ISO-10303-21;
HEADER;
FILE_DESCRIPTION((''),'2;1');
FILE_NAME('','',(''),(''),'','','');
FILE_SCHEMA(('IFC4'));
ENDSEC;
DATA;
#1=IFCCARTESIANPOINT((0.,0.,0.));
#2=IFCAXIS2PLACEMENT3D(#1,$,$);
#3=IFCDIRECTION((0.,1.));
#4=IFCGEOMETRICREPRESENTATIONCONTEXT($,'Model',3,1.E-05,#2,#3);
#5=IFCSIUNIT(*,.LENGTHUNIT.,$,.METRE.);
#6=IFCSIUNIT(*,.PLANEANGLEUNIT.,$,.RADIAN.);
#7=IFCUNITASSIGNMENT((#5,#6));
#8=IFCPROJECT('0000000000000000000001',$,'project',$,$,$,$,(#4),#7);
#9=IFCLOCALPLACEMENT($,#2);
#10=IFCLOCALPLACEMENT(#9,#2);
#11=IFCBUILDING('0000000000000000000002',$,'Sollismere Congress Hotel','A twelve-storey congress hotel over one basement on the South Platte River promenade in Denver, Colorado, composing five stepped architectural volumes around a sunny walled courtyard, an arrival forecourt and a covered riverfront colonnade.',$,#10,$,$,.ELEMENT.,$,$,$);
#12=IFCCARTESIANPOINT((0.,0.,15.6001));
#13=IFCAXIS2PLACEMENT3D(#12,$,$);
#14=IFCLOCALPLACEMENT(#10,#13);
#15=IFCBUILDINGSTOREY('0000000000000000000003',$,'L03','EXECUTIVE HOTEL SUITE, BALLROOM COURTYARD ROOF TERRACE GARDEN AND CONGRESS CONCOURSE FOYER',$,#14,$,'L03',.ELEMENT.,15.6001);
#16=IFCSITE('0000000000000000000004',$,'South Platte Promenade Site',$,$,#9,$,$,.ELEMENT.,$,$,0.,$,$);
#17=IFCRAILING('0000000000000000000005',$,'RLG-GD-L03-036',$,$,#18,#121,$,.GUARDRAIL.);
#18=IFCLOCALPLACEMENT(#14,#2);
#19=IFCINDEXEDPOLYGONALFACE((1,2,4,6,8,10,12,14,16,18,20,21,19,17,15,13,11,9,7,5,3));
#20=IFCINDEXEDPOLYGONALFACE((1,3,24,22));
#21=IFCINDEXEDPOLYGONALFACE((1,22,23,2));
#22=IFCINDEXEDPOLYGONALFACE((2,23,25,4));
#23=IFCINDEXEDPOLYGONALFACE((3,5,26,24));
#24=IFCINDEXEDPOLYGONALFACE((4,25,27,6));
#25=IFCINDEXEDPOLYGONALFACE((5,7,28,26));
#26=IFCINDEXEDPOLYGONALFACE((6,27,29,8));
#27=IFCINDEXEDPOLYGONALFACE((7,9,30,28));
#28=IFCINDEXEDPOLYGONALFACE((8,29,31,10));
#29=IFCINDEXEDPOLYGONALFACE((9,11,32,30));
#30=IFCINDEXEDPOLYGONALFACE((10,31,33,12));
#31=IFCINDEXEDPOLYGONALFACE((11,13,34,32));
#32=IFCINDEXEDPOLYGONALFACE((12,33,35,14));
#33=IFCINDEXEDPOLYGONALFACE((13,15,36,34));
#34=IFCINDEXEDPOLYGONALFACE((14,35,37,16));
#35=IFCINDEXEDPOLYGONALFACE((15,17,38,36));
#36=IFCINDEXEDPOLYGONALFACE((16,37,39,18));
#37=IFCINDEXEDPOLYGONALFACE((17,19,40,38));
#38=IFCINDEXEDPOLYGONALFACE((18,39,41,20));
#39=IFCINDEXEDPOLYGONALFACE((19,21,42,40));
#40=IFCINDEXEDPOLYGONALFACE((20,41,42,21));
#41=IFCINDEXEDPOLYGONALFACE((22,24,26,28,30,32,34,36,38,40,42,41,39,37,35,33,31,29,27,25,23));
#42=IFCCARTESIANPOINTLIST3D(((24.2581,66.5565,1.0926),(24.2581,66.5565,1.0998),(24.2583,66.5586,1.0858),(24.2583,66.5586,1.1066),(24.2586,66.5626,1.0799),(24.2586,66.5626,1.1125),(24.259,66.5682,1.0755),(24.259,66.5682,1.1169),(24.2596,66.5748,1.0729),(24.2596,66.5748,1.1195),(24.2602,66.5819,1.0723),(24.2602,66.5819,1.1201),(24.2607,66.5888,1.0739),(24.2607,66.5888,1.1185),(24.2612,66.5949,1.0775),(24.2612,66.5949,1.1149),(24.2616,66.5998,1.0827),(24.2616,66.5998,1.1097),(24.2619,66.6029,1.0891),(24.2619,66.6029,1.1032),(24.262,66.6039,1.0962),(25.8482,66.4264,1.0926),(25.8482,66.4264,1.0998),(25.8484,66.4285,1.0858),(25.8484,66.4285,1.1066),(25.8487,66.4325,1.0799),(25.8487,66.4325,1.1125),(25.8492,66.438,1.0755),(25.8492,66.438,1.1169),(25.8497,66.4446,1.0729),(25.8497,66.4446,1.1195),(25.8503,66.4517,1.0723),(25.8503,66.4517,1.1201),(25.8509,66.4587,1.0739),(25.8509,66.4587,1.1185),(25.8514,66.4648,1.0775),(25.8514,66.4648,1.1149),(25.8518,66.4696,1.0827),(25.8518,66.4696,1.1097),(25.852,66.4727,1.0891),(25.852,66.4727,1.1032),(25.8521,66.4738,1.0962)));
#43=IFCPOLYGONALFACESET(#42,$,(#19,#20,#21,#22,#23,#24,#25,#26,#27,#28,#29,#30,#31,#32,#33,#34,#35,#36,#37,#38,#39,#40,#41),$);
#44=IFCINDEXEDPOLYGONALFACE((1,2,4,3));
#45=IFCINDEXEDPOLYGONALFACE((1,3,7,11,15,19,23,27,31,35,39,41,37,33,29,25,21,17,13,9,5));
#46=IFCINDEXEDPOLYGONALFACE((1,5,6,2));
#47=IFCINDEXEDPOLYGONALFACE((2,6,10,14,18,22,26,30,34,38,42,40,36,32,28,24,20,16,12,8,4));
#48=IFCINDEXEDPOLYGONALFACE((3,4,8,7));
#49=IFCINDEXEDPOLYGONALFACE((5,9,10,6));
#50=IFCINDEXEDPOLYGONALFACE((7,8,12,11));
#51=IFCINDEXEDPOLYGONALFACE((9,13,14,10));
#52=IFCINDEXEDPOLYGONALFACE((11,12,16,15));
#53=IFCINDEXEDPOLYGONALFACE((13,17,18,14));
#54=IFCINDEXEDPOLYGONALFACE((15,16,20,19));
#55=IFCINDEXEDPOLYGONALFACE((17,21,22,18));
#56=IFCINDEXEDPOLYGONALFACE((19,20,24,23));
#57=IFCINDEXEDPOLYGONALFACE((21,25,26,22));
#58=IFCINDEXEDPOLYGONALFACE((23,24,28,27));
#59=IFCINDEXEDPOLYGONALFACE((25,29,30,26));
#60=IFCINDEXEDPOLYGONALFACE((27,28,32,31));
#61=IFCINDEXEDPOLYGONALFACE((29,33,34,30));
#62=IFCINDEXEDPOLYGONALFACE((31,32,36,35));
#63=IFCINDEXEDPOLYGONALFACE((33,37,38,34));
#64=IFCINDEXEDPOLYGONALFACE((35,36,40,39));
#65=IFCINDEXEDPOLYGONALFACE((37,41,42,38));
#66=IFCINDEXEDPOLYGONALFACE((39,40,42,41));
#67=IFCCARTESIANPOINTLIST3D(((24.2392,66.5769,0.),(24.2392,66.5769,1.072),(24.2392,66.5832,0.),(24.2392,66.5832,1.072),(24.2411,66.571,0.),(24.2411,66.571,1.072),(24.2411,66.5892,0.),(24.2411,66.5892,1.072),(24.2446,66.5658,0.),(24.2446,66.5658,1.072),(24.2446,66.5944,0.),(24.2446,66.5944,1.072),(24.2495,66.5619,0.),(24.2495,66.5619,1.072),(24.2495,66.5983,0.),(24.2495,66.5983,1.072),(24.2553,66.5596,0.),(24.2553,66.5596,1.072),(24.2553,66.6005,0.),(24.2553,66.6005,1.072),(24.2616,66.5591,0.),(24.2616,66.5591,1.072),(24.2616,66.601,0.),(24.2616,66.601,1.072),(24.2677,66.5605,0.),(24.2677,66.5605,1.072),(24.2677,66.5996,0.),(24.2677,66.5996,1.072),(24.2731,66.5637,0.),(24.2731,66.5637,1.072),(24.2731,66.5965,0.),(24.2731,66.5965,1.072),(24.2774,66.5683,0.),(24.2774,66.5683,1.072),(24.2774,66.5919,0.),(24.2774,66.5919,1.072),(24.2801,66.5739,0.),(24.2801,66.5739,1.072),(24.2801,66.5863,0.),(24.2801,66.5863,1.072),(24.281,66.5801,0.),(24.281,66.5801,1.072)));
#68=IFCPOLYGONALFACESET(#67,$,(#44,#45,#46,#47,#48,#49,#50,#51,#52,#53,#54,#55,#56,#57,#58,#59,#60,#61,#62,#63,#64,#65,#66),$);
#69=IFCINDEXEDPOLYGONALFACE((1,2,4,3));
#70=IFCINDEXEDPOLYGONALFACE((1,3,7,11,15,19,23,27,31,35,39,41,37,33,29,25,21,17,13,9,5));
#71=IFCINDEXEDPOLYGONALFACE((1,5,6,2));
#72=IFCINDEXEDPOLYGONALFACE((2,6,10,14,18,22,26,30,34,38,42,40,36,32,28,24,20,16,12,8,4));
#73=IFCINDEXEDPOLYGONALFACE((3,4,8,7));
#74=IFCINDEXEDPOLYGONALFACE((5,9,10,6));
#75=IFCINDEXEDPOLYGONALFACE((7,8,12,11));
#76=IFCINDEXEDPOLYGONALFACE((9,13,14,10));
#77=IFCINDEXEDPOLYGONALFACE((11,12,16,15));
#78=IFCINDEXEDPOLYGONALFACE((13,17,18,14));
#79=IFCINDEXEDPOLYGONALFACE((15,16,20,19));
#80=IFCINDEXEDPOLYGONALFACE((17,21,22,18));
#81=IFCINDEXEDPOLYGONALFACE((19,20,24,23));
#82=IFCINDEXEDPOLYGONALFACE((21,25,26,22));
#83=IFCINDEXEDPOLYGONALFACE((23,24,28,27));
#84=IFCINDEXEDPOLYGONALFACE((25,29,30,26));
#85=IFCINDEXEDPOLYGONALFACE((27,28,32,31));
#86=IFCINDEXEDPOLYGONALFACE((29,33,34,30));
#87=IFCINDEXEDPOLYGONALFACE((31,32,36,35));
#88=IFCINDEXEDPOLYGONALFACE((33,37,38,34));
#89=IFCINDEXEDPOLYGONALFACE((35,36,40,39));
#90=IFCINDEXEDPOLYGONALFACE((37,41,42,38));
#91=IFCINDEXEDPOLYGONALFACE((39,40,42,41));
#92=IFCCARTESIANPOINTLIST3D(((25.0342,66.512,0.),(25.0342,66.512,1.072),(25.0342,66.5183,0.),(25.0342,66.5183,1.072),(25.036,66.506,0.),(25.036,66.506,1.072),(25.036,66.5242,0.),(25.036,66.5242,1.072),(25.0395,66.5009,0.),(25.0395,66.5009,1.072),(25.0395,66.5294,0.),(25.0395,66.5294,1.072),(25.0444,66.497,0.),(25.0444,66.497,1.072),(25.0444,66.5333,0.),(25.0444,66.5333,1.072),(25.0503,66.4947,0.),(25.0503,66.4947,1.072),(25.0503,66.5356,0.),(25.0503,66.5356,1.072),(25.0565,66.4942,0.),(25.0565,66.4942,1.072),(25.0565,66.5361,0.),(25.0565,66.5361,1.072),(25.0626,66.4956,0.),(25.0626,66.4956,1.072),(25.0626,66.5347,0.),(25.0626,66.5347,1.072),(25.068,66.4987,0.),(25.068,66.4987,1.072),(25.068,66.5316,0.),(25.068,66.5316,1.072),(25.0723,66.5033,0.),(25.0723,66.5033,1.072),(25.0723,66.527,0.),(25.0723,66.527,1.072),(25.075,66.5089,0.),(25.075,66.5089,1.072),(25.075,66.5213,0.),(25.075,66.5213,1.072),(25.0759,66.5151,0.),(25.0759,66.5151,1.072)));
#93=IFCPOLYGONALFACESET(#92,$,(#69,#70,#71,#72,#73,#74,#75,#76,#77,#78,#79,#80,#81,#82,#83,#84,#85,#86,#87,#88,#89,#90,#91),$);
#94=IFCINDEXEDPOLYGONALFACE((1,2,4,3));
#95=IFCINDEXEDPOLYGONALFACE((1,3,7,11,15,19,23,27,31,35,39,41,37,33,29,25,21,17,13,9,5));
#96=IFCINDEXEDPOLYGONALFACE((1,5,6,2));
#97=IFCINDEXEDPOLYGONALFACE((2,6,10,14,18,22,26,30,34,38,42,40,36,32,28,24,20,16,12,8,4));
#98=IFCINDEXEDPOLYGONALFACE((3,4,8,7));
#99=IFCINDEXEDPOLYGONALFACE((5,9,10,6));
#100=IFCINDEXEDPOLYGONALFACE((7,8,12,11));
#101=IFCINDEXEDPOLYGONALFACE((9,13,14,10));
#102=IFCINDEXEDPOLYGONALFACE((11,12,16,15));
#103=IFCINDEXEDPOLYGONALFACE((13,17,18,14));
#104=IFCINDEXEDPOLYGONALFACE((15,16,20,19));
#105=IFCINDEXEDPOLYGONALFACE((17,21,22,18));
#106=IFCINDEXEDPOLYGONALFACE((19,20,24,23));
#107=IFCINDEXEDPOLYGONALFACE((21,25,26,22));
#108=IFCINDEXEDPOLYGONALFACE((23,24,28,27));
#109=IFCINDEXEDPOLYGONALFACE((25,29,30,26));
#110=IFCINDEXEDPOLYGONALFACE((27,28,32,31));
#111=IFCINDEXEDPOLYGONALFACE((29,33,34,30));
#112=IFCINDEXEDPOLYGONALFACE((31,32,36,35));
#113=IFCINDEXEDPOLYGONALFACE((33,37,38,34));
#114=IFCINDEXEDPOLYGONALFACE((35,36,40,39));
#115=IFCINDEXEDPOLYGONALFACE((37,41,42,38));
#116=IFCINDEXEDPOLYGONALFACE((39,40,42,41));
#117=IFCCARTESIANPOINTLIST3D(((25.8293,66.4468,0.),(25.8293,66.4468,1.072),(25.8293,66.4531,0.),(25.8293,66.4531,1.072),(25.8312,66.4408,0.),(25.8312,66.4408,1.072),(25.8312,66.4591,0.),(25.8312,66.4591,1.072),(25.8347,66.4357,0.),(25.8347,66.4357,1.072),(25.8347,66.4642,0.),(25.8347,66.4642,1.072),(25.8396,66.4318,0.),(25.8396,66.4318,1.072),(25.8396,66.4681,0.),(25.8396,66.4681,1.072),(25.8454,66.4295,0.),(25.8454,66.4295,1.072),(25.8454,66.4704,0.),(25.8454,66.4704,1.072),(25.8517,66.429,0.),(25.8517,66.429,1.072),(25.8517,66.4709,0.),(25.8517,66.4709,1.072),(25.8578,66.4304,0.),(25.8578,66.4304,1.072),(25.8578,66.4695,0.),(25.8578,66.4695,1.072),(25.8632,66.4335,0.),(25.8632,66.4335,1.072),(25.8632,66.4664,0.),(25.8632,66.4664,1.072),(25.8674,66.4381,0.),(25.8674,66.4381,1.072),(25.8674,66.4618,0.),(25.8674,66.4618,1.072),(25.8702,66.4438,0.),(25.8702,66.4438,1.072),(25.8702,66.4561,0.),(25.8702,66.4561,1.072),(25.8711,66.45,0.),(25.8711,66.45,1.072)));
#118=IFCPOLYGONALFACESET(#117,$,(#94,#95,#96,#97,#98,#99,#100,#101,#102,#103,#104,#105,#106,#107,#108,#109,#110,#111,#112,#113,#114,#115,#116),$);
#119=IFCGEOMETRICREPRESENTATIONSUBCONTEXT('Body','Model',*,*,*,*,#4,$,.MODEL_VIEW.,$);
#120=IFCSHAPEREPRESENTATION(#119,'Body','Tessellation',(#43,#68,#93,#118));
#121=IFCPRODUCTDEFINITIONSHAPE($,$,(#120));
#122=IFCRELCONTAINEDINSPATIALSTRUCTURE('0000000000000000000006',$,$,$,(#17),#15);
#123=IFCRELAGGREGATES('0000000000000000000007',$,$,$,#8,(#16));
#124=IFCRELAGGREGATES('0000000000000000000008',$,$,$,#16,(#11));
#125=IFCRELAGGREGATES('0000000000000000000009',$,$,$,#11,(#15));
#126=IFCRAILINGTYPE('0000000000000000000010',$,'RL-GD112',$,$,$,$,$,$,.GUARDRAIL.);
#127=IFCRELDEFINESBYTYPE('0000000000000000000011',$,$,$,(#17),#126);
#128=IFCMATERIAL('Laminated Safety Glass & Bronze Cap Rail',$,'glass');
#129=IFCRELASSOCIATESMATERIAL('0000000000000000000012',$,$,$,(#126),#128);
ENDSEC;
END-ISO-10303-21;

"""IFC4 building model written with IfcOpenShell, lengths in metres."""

from ifc_helpers import new_model, si_unit, direction, frame, origin, origin_2d, place, context, subcontext, project, spatial, circle, extrude, material, type_object, element, save


model = new_model("IFC4")

# Units and contexts
model_context = context("Model", 3, precision=1e-05, world=origin(), true_north=direction((0.0, 1.0)))
body_context = subcontext(model_context, "Body", "Model", "MODEL_VIEW")
ifc_project = project(units=[si_unit("LENGTHUNIT", "METRE"), si_unit("PLANEANGLEUNIT", "RADIAN")], contexts=[model_context])

# Site, building, storey
site_placement = place(None, origin())
site = spatial("IfcSite", under=ifc_project, at=site_placement, Name="South Platte Promenade Site", CompositionType="ELEMENT", RefElevation=0.0)
building_placement = place(site_placement, origin())
building = spatial("IfcBuilding", under=site, at=building_placement, Name="Sollismere Congress Hotel", Description="A twelve-storey congress hotel over one basement on the South Platte River promenade in Denver, Colorado, composing five stepped architectural volumes around a sunny walled courtyard, an arrival forecourt and a covered riverfront colonnade.", CompositionType="ELEMENT")
storey_placement = place(building_placement, frame((0.0, 0.0, 15.6001)))
storey = spatial("IfcBuildingStorey", under=building, at=storey_placement, Name="L03", Description="EXECUTIVE HOTEL SUITE, BALLROOM COURTYARD ROOF TERRACE GARDEN AND CONGRESS CONCOURSE FOYER", LongName="L03", CompositionType="ELEMENT", Elevation=15.6001)

# Railing
ifc_material_1 = material(Name="Laminated Safety Glass & Bronze Cap Rail", Category="glass")
railing_type = type_object("IfcRailingType", Name="RL-GD112", PredefinedType="GUARDRAIL", material=ifc_material_1)
railing_1_placement = place(storey_placement, frame((24.26, 66.5801, 0.0)))
element("IfcRailing", 1, at=railing_1_placement, inside=storey, type_object=railing_type, Name="RLG-GD-L03-036", PredefinedType="GUARDRAIL", context=body_context, shape_type="SweptSolid", body=[
    extrude(circle(Radius=0.0239, at=origin_2d()), frame((0.0, 0.0, 1.0962), z_axis=(0.996668, -0.081564, 0.0), x_axis=(0.081564, 0.996668, 0.0)), (0.0, 0.0, 1.0), 1.5955),
    extrude(circle(Radius=0.021, at=origin_2d()), origin(), (0.0, 0.0, 1.0), 1.072),
    extrude(circle(Radius=0.021, at=origin_2d()), frame((0.7949, -0.0649, 0.0)), (0.0, 0.0, 1.0), 1.072),
    extrude(circle(Radius=0.021, at=origin_2d()), frame((1.5901, -0.1301, 0.0)), (0.0, 0.0, 1.0), 1.072),
])

save(model, "model.ifc")
